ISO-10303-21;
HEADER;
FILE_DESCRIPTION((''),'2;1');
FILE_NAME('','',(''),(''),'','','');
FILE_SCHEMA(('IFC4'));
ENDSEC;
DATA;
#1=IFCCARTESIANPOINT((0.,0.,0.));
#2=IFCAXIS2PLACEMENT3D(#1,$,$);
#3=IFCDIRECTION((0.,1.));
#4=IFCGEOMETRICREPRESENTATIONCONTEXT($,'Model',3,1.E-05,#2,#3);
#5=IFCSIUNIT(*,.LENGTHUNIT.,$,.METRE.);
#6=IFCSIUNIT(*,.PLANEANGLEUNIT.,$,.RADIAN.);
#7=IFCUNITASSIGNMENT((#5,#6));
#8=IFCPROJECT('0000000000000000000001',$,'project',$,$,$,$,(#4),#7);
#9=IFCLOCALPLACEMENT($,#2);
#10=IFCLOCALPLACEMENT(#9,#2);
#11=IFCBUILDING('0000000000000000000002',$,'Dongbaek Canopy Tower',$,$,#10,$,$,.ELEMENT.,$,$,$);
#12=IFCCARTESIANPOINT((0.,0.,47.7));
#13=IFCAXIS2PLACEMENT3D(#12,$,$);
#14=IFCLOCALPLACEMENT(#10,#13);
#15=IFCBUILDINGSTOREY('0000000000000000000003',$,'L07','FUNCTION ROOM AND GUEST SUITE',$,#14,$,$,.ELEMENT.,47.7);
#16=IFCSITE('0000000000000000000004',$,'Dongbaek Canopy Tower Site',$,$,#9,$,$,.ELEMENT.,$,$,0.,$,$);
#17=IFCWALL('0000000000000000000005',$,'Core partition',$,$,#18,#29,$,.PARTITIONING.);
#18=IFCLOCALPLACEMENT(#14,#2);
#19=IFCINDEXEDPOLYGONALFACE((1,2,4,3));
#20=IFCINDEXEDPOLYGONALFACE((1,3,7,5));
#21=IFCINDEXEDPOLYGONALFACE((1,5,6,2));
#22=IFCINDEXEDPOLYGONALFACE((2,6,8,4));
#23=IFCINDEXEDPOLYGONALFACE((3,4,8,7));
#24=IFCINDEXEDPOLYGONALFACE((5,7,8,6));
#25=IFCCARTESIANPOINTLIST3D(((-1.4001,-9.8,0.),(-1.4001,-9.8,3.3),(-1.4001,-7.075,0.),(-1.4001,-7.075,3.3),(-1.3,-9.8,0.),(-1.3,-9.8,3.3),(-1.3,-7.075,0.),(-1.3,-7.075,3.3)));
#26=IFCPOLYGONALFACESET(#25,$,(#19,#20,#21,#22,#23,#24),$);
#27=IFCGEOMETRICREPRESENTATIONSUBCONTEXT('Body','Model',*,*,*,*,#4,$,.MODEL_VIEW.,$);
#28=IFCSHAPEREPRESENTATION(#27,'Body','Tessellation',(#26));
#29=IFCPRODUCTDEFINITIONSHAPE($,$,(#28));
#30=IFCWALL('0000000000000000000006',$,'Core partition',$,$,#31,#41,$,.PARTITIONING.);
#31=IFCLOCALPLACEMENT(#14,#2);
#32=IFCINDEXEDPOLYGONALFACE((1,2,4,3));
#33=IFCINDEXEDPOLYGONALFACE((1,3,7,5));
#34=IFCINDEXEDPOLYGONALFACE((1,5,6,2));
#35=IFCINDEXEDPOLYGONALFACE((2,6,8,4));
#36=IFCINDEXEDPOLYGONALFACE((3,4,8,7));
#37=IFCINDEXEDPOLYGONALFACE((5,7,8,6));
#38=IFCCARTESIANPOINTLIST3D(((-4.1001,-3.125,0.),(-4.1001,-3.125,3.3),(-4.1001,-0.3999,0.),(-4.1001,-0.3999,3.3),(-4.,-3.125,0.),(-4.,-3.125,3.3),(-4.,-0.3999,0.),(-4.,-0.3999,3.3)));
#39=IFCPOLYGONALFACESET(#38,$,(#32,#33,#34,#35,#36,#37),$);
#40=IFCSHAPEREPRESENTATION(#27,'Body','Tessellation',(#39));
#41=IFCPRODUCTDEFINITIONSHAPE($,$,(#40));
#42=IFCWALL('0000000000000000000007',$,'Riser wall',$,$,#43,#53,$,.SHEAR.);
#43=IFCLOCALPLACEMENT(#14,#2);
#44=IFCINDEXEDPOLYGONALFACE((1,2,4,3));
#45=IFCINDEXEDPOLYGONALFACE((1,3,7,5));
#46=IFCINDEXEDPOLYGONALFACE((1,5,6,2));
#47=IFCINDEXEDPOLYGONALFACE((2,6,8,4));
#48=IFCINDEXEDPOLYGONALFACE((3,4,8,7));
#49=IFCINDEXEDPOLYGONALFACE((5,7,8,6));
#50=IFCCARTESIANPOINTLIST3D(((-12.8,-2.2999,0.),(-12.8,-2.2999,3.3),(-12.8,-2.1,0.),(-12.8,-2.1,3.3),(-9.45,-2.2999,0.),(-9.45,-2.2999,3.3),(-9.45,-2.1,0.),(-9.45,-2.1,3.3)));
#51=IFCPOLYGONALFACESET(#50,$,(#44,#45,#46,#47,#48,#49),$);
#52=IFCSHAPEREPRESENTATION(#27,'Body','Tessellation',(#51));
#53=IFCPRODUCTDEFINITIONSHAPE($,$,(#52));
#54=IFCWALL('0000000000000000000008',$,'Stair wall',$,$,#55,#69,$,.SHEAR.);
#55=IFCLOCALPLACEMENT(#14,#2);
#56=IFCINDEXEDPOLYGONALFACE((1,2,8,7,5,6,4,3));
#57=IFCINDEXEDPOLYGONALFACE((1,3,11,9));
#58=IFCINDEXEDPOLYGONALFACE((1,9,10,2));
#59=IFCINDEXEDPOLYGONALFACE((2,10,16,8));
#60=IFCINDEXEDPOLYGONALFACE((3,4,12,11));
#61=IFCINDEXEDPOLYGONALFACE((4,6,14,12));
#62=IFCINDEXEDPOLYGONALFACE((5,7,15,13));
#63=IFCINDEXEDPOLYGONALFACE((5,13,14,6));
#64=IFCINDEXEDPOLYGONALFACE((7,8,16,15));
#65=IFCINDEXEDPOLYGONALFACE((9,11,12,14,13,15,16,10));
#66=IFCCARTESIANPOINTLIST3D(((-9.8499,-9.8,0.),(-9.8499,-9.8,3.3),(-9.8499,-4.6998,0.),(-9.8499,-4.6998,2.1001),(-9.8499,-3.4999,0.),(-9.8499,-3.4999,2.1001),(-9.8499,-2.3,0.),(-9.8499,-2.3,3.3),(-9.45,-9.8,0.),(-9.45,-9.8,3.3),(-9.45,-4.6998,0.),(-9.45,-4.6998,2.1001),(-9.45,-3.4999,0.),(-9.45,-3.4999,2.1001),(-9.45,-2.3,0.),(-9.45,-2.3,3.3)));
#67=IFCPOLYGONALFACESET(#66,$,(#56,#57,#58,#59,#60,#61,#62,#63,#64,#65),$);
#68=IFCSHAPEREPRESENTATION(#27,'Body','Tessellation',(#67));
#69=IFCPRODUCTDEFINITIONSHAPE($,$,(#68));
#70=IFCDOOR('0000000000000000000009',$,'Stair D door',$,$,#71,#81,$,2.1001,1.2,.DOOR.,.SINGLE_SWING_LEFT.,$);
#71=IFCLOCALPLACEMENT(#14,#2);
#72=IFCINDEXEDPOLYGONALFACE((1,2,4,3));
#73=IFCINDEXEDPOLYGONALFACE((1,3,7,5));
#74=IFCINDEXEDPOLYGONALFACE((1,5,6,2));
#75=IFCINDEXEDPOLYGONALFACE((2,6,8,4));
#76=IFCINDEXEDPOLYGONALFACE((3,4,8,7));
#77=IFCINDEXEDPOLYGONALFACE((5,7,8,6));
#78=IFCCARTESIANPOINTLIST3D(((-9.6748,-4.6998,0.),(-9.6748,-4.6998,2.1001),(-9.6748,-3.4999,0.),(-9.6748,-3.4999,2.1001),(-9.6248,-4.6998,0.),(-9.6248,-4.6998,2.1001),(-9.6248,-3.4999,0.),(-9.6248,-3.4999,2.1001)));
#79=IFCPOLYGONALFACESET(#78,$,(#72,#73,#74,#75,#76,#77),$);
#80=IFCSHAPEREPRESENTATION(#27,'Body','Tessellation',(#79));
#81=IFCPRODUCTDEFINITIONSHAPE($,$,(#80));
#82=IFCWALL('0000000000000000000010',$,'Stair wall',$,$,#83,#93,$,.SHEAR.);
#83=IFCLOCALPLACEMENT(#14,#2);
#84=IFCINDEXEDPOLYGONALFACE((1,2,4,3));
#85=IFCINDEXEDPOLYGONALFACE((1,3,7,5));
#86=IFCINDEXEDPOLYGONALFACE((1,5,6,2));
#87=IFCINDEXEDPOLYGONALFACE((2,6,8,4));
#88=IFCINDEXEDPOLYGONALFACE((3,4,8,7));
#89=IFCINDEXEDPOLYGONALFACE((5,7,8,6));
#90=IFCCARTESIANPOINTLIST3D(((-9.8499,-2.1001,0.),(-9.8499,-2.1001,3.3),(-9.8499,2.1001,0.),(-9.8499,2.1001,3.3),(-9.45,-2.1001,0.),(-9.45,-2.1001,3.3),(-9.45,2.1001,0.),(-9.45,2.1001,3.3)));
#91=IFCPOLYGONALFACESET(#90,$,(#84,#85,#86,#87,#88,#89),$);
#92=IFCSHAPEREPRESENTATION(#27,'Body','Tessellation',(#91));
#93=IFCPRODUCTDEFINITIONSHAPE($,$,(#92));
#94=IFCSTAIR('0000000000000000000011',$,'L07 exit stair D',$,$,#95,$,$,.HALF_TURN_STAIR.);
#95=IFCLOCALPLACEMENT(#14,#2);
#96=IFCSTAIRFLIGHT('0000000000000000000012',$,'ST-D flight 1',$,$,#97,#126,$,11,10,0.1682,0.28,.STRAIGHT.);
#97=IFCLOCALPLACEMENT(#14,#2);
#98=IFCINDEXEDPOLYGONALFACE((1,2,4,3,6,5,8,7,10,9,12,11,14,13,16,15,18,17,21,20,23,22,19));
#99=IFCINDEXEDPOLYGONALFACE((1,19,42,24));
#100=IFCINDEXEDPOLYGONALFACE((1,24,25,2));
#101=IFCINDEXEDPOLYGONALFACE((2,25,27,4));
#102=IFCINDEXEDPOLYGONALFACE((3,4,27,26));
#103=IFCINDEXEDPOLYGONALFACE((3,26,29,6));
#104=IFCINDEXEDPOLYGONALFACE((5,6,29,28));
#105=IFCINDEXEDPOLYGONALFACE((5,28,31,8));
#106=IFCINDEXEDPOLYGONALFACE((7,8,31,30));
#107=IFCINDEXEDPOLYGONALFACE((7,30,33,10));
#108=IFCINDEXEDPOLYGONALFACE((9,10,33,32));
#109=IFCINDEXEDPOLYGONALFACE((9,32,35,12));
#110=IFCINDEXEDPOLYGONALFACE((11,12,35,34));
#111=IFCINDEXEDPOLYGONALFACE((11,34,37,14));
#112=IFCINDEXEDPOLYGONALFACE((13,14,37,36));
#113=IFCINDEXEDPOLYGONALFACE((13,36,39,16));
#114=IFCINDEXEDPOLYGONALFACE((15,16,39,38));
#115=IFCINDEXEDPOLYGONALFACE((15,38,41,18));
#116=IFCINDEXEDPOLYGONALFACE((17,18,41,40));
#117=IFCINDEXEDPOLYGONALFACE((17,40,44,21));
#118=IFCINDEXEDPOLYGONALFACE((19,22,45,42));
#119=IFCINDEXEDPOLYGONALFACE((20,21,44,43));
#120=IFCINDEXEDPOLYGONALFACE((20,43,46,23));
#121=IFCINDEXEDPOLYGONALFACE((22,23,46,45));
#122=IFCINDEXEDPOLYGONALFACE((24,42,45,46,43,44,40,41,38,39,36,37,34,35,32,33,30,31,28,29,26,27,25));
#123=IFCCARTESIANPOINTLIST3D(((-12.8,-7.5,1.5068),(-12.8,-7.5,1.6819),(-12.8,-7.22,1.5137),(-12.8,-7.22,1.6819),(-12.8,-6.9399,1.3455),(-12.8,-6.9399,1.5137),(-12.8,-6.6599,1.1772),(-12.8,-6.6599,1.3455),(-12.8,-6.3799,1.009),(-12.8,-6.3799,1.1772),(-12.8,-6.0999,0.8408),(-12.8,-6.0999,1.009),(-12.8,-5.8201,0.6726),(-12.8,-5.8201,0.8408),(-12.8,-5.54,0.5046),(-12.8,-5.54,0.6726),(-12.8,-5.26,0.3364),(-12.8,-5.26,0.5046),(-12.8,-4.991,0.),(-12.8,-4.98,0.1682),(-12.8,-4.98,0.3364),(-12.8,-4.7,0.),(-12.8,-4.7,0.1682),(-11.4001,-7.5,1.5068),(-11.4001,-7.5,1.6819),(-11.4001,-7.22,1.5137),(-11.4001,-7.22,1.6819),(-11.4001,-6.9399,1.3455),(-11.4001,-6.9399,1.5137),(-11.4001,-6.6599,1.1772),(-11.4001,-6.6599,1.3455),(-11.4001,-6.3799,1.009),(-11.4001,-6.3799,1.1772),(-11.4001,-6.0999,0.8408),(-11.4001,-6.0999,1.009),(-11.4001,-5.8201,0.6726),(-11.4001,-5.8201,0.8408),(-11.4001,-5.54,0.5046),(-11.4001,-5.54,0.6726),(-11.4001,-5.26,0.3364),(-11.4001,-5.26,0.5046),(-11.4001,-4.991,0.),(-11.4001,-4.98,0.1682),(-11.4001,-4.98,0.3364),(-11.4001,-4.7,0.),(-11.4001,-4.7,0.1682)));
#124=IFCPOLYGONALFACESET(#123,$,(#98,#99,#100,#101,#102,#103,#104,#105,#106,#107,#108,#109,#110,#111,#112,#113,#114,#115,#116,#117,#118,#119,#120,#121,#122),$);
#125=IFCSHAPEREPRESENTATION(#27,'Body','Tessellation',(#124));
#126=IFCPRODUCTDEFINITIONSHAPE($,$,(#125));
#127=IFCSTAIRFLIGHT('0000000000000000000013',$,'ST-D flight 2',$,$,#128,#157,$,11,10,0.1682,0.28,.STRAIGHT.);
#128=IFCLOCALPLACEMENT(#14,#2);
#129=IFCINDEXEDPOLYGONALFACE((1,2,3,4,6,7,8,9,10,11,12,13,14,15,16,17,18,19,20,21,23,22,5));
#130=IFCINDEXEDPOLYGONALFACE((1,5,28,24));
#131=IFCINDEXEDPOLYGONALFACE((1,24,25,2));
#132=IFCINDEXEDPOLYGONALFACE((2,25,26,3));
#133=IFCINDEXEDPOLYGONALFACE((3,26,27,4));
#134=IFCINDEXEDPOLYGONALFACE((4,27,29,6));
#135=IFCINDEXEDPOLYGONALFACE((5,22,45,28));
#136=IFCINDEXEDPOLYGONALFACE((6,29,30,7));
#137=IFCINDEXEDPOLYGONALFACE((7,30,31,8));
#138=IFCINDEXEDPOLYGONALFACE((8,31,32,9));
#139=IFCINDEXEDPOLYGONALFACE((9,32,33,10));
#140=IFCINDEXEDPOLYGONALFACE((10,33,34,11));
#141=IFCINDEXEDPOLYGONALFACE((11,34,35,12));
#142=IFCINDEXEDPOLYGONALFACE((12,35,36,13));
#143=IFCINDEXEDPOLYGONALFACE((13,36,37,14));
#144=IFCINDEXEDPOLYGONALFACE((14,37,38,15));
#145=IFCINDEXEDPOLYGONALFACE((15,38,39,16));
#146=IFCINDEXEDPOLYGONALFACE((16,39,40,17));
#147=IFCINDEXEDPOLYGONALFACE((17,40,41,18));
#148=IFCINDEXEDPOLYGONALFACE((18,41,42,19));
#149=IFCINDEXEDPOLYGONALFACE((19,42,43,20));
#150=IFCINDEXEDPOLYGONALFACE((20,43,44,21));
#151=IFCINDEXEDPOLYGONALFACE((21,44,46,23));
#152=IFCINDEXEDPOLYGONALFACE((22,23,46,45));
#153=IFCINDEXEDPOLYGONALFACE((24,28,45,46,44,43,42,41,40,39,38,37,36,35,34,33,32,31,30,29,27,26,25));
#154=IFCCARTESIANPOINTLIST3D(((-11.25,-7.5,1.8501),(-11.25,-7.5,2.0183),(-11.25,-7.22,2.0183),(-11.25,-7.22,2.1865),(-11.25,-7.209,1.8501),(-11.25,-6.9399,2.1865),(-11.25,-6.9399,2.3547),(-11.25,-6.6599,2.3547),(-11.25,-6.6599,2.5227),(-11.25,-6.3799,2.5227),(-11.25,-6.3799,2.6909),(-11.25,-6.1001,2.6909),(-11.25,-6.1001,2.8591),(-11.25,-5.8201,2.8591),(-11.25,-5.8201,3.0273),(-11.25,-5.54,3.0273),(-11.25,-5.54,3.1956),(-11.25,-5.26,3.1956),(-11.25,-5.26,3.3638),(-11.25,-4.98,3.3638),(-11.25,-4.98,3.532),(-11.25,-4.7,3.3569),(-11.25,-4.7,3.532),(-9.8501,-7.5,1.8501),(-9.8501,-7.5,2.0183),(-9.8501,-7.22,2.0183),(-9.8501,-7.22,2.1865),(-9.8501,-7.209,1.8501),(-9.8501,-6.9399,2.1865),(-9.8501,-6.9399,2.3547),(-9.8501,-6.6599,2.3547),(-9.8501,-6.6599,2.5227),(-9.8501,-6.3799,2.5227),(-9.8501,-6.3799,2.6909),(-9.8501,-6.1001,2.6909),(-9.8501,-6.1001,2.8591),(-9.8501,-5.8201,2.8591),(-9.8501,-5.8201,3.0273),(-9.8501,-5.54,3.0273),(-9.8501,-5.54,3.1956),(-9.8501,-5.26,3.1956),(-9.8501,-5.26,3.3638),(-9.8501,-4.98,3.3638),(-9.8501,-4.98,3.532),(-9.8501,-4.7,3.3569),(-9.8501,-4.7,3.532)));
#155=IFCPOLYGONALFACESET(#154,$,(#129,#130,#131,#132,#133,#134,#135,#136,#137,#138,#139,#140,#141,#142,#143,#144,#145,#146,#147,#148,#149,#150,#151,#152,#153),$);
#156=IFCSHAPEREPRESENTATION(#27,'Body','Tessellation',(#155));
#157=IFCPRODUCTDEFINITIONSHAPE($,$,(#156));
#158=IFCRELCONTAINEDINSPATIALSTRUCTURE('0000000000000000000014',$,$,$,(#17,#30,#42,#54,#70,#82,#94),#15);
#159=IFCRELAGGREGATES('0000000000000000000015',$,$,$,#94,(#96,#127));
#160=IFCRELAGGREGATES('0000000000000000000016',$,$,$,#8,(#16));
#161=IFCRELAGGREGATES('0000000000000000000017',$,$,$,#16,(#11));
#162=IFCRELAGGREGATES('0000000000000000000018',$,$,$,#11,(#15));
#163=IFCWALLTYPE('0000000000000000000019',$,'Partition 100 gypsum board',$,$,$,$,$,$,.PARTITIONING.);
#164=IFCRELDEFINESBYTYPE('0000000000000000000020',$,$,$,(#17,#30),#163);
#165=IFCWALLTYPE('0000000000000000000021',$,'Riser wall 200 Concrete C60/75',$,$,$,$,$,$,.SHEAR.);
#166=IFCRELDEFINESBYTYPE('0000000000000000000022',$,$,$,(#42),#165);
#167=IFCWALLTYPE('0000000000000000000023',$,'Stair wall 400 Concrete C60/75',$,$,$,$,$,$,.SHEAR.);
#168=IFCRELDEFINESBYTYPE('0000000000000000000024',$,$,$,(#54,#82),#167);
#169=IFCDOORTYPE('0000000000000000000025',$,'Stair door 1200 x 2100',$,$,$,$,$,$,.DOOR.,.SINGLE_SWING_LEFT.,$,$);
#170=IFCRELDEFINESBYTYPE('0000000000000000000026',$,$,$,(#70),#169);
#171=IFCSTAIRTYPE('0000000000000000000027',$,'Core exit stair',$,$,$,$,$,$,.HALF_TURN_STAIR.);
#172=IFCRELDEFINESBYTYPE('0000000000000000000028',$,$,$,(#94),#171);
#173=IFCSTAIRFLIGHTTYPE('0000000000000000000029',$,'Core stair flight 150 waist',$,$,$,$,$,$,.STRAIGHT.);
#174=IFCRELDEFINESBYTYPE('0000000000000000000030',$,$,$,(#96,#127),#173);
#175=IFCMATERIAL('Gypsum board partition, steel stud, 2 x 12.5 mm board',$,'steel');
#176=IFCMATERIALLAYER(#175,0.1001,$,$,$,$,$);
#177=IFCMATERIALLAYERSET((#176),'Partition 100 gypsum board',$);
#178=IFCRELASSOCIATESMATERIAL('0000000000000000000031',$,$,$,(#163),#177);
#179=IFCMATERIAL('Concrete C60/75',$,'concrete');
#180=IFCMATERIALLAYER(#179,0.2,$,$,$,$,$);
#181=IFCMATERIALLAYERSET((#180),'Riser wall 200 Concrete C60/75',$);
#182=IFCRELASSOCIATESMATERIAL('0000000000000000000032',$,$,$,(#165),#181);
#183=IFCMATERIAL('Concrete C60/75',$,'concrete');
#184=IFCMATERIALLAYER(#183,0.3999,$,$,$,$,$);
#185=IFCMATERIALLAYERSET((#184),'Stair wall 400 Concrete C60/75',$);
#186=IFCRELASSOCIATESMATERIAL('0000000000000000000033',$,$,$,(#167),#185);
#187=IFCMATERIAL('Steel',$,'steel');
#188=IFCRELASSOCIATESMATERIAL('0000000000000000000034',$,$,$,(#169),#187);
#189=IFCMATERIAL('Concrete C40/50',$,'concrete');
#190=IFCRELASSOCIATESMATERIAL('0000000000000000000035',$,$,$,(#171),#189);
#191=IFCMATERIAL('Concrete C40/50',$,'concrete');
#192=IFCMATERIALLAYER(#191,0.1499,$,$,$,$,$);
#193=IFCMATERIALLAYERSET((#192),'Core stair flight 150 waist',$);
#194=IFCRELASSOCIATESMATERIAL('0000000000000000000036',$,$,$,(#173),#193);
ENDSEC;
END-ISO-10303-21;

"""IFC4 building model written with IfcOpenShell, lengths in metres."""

from ifc_helpers import new_model, si_unit, direction, frame, frame_2d, origin, place, context, subcontext, project, spatial, polyline, rectangle, outline, extrude, material, layer, layer_set, type_object, element, fill, aggregate, save


model = new_model("IFC4")

# Units and contexts
model_context = context("Model", 3, precision=1e-05, world=origin(), true_north=direction((0.0, 1.0)))
body_context = subcontext(model_context, "Body", "Model", "MODEL_VIEW")
ifc_project = project(units=[si_unit("LENGTHUNIT", "METRE"), si_unit("PLANEANGLEUNIT", "RADIAN")], contexts=[model_context])

# Site, building, storey
site_placement = place(None, origin())
site = spatial("IfcSite", under=ifc_project, at=site_placement, Name="Dongbaek Canopy Tower Site", CompositionType="ELEMENT", RefElevation=0.0)
building_placement = place(site_placement, origin())
building = spatial("IfcBuilding", under=site, at=building_placement, Name="Dongbaek Canopy Tower", CompositionType="ELEMENT")
storey_placement = place(building_placement, frame((0.0, 0.0, 47.7)))
storey = spatial("IfcBuildingStorey", under=building, at=storey_placement, Name="L07", Description="FUNCTION ROOM AND GUEST SUITE", CompositionType="ELEMENT", Elevation=47.7)

# Walls
ifc_material_1 = material(Name="Gypsum board partition, steel stud, 2 x 12.5 mm board", Category="steel")
ifc_layer_1 = layer(ifc_material_1, 0.1001)
ifc_layer_set_1 = layer_set([ifc_layer_1], Name="Partition 100 gypsum board")
wall_type_1 = type_object("IfcWallType", Name="Partition 100 gypsum board", PredefinedType="PARTITIONING", material=ifc_layer_set_1)
for number, where, z_axis, x_axis, name in (
    (1, (-1.3501, -9.8, 0.0), (0.0, 0.0, 1.0), (0.0, 1.0, 0.0), "Core partition"),
    (2, (-4.05, -3.125, 0.0), (0.0, 0.0, 1.0), (0.0, 1.0, 0.0), "Core partition"),
):
    element("IfcWall", number, at=place(storey_placement, frame(where, z_axis=z_axis, x_axis=x_axis)), inside=storey, type_object=wall_type_1, Name=name, PredefinedType="PARTITIONING", context=body_context, shape_type="SweptSolid", body=[
        extrude(rectangle(XDim=2.7251, YDim=0.1001, at=frame_2d((1.3625, 0.0))), origin(), (0.0, 0.0, 1.0), 3.3),
    ])
ifc_material_2 = material(Name="Concrete C60/75", Category="concrete")
ifc_layer_2 = layer(ifc_material_2, 0.2)
ifc_layer_set_2 = layer_set([ifc_layer_2], Name="Riser wall 200 Concrete C60/75")
wall_type_2 = type_object("IfcWallType", Name="Riser wall 200 Concrete C60/75", PredefinedType="SHEAR", material=ifc_layer_set_2)
wall_1_placement = place(storey_placement, frame((-9.45, -2.2, 0.0), z_axis=(0.0, 0.0, 1.0), x_axis=(-1.0, 0.0, 0.0)))
element("IfcWall", 3, at=wall_1_placement, inside=storey, type_object=wall_type_2, Name="Riser wall", PredefinedType="SHEAR", context=body_context, shape_type="SweptSolid", body=[
    extrude(rectangle(XDim=3.3501, YDim=0.2, at=frame_2d((1.675, 0.0))), origin(), (0.0, 0.0, 1.0), 3.3),
])

# Wall, opening, door
ifc_material_3 = material(Name="Concrete C60/75", Category="concrete")
ifc_layer_3 = layer(ifc_material_3, 0.3999)
ifc_layer_set_3 = layer_set([ifc_layer_3], Name="Stair wall 400 Concrete C60/75")
wall_type_3 = type_object("IfcWallType", Name="Stair wall 400 Concrete C60/75", PredefinedType="SHEAR", material=ifc_layer_set_3)
wall_2_placement = place(storey_placement, frame((-9.6499, -9.8, 0.0), z_axis=(0.0, 0.0, 1.0), x_axis=(0.0, 1.0, 0.0)))
wall_2 = element("IfcWall", 4, at=wall_2_placement, inside=storey, type_object=wall_type_3, Name="Stair wall", PredefinedType="SHEAR", context=body_context, shape_type="SweptSolid", body=[
    extrude(rectangle(XDim=7.5, YDim=0.3999, at=frame_2d((3.75, 0.0))), origin(), (0.0, 0.0, 1.0), 3.3),
])
opening_1_placement = place(wall_2_placement, frame((5.1001, 0.0, 0.0)))
opening_1 = element("IfcOpeningElement", 5, at=opening_1_placement, cuts=wall_2, PredefinedType="OPENING", context=body_context, shape_type="SweptSolid", body=[
    extrude(rectangle(XDim=1.2, YDim=2.1001, at=frame_2d((0.6001, 1.05))), frame((0.0, 0.21, 0.0), z_axis=(0.0, -1.0, 0.0), x_axis=(1.0, 0.0, 0.0)), (0.0, 0.0, 1.0), 0.4199),
])
ifc_material_4 = material(Name="Steel", Category="steel")
door_type_1 = type_object("IfcDoorType", Name="Stair door 1200 x 2100", OperationType="SINGLE_SWING_LEFT", PredefinedType="DOOR", material=ifc_material_4)
door_1_placement = place(opening_1_placement, origin())
door_1 = element("IfcDoor", 6, at=door_1_placement, inside=storey, type_object=door_type_1, Name="Stair D door", OperationType="SINGLE_SWING_LEFT", OverallHeight=2.1001, OverallWidth=1.2, PredefinedType="DOOR", context=body_context, shape_type="SweptSolid", body=[
    extrude(rectangle(XDim=1.2, YDim=2.1001, at=frame_2d((0.6001, 1.05))), frame((0.0, 0.0249, 0.0), z_axis=(0.0, -1.0, 0.0), x_axis=(1.0, 0.0, 0.0)), (0.0, 0.0, 1.0), 0.05),
])
fill(opening_1, door_1)

# Wall
wall_3_placement = place(storey_placement, frame((-9.6499, -2.1001, 0.0), z_axis=(0.0, 0.0, 1.0), x_axis=(0.0, 1.0, 0.0)))
element("IfcWall", 7, at=wall_3_placement, inside=storey, type_object=wall_type_3, Name="Stair wall", PredefinedType="SHEAR", context=body_context, shape_type="SweptSolid", body=[
    extrude(rectangle(XDim=4.2002, YDim=0.3999, at=frame_2d((2.1001, 0.0))), origin(), (0.0, 0.0, 1.0), 3.3),
])

# Stair, stair flights
ifc_material_5 = material(Name="Concrete C40/50", Category="concrete")
stair_type = type_object("IfcStairType", Name="Core exit stair", PredefinedType="HALF_TURN_STAIR", material=ifc_material_5)
stair_placement = place(storey_placement, origin())
stair = element("IfcStair", 8, at=stair_placement, inside=storey, type_object=stair_type, Name="L07 exit stair D", PredefinedType="HALF_TURN_STAIR")
ifc_material_6 = material(Name="Concrete C40/50", Category="concrete")
ifc_layer_4 = layer(ifc_material_6, 0.1499)
ifc_layer_set_4 = layer_set([ifc_layer_4], Name="Core stair flight 150 waist")
stair_flight_type = type_object("IfcStairFlightType", Name="Core stair flight 150 waist", PredefinedType="STRAIGHT", material=ifc_layer_set_4)
stair_flight_1_placement = place(storey_placement, frame((-12.1001, -4.7, 0.0), z_axis=(0.0, 0.0, 1.0), x_axis=(0.0, -1.0, 0.0)))
stair_flight_1 = element("IfcStairFlight", 9, at=stair_flight_1_placement, type_object=stair_flight_type, Name="ST-D flight 1", NumberOfRisers=11, NumberOfTreads=10, PredefinedType="STRAIGHT", RiserHeight=0.1682, TreadLength=0.28, context=body_context, shape_type="SweptSolid", body=[
    extrude(outline(polyline([(0.0, 0.0), (0.0, 0.1682), (0.28, 0.1682), (0.28, 0.3364), (0.5601, 0.3364), (0.5601, 0.5046), (0.8401, 0.5046), (0.8401, 0.6726), (1.1201, 0.6726), (1.1201, 0.8408), (1.3999, 0.8408), (1.3999, 1.009), (1.6799, 1.009), (1.6799, 1.1772), (1.96, 1.1772), (1.96, 1.3455), (2.24, 1.3455), (2.24, 1.5137), (2.52, 1.5137), (2.52, 1.6819), (2.8, 1.6819), (2.8, 1.8501), (2.8, 1.5068), (0.291, 0.0), (0.0, 0.0)])), frame((0.0, 0.7, 0.0), z_axis=(0.0, -1.0, 0.0), x_axis=(1.0, 0.0, 0.0)), (0.0, 0.0, 1.0), 1.3999),
])
stair_flight_2_placement = place(storey_placement, frame((-10.55, -7.5, 1.8501), z_axis=(0.0, 0.0, 1.0), x_axis=(0.0, 1.0, 0.0)))
stair_flight_2 = element("IfcStairFlight", 10, at=stair_flight_2_placement, type_object=stair_flight_type, Name="ST-D flight 2", NumberOfRisers=11, NumberOfTreads=10, PredefinedType="STRAIGHT", RiserHeight=0.1682, TreadLength=0.28, context=body_context, shape_type="SweptSolid", body=[
    extrude(outline(polyline([(0.0, 0.0), (0.0, 0.1682), (0.28, 0.1682), (0.28, 0.3364), (0.5601, 0.3364), (0.5601, 0.5046), (0.8401, 0.5046), (0.8401, 0.6726), (1.1201, 0.6726), (1.1201, 0.8408), (1.3999, 0.8408), (1.3999, 1.009), (1.6799, 1.009), (1.6799, 1.1772), (1.96, 1.1772), (1.96, 1.3455), (2.24, 1.3455), (2.24, 1.5137), (2.52, 1.5137), (2.52, 1.6819), (2.8, 1.6819), (2.8, 1.8501), (2.8, 1.5068), (0.291, 0.0), (0.0, 0.0)])), frame((0.0, 0.7, 0.0), z_axis=(0.0, -1.0, 0.0), x_axis=(1.0, 0.0, 0.0)), (0.0, 0.0, 1.0), 1.3999),
])
aggregate(stair, [stair_flight_1, stair_flight_2])

save(model, "model.ifc")
